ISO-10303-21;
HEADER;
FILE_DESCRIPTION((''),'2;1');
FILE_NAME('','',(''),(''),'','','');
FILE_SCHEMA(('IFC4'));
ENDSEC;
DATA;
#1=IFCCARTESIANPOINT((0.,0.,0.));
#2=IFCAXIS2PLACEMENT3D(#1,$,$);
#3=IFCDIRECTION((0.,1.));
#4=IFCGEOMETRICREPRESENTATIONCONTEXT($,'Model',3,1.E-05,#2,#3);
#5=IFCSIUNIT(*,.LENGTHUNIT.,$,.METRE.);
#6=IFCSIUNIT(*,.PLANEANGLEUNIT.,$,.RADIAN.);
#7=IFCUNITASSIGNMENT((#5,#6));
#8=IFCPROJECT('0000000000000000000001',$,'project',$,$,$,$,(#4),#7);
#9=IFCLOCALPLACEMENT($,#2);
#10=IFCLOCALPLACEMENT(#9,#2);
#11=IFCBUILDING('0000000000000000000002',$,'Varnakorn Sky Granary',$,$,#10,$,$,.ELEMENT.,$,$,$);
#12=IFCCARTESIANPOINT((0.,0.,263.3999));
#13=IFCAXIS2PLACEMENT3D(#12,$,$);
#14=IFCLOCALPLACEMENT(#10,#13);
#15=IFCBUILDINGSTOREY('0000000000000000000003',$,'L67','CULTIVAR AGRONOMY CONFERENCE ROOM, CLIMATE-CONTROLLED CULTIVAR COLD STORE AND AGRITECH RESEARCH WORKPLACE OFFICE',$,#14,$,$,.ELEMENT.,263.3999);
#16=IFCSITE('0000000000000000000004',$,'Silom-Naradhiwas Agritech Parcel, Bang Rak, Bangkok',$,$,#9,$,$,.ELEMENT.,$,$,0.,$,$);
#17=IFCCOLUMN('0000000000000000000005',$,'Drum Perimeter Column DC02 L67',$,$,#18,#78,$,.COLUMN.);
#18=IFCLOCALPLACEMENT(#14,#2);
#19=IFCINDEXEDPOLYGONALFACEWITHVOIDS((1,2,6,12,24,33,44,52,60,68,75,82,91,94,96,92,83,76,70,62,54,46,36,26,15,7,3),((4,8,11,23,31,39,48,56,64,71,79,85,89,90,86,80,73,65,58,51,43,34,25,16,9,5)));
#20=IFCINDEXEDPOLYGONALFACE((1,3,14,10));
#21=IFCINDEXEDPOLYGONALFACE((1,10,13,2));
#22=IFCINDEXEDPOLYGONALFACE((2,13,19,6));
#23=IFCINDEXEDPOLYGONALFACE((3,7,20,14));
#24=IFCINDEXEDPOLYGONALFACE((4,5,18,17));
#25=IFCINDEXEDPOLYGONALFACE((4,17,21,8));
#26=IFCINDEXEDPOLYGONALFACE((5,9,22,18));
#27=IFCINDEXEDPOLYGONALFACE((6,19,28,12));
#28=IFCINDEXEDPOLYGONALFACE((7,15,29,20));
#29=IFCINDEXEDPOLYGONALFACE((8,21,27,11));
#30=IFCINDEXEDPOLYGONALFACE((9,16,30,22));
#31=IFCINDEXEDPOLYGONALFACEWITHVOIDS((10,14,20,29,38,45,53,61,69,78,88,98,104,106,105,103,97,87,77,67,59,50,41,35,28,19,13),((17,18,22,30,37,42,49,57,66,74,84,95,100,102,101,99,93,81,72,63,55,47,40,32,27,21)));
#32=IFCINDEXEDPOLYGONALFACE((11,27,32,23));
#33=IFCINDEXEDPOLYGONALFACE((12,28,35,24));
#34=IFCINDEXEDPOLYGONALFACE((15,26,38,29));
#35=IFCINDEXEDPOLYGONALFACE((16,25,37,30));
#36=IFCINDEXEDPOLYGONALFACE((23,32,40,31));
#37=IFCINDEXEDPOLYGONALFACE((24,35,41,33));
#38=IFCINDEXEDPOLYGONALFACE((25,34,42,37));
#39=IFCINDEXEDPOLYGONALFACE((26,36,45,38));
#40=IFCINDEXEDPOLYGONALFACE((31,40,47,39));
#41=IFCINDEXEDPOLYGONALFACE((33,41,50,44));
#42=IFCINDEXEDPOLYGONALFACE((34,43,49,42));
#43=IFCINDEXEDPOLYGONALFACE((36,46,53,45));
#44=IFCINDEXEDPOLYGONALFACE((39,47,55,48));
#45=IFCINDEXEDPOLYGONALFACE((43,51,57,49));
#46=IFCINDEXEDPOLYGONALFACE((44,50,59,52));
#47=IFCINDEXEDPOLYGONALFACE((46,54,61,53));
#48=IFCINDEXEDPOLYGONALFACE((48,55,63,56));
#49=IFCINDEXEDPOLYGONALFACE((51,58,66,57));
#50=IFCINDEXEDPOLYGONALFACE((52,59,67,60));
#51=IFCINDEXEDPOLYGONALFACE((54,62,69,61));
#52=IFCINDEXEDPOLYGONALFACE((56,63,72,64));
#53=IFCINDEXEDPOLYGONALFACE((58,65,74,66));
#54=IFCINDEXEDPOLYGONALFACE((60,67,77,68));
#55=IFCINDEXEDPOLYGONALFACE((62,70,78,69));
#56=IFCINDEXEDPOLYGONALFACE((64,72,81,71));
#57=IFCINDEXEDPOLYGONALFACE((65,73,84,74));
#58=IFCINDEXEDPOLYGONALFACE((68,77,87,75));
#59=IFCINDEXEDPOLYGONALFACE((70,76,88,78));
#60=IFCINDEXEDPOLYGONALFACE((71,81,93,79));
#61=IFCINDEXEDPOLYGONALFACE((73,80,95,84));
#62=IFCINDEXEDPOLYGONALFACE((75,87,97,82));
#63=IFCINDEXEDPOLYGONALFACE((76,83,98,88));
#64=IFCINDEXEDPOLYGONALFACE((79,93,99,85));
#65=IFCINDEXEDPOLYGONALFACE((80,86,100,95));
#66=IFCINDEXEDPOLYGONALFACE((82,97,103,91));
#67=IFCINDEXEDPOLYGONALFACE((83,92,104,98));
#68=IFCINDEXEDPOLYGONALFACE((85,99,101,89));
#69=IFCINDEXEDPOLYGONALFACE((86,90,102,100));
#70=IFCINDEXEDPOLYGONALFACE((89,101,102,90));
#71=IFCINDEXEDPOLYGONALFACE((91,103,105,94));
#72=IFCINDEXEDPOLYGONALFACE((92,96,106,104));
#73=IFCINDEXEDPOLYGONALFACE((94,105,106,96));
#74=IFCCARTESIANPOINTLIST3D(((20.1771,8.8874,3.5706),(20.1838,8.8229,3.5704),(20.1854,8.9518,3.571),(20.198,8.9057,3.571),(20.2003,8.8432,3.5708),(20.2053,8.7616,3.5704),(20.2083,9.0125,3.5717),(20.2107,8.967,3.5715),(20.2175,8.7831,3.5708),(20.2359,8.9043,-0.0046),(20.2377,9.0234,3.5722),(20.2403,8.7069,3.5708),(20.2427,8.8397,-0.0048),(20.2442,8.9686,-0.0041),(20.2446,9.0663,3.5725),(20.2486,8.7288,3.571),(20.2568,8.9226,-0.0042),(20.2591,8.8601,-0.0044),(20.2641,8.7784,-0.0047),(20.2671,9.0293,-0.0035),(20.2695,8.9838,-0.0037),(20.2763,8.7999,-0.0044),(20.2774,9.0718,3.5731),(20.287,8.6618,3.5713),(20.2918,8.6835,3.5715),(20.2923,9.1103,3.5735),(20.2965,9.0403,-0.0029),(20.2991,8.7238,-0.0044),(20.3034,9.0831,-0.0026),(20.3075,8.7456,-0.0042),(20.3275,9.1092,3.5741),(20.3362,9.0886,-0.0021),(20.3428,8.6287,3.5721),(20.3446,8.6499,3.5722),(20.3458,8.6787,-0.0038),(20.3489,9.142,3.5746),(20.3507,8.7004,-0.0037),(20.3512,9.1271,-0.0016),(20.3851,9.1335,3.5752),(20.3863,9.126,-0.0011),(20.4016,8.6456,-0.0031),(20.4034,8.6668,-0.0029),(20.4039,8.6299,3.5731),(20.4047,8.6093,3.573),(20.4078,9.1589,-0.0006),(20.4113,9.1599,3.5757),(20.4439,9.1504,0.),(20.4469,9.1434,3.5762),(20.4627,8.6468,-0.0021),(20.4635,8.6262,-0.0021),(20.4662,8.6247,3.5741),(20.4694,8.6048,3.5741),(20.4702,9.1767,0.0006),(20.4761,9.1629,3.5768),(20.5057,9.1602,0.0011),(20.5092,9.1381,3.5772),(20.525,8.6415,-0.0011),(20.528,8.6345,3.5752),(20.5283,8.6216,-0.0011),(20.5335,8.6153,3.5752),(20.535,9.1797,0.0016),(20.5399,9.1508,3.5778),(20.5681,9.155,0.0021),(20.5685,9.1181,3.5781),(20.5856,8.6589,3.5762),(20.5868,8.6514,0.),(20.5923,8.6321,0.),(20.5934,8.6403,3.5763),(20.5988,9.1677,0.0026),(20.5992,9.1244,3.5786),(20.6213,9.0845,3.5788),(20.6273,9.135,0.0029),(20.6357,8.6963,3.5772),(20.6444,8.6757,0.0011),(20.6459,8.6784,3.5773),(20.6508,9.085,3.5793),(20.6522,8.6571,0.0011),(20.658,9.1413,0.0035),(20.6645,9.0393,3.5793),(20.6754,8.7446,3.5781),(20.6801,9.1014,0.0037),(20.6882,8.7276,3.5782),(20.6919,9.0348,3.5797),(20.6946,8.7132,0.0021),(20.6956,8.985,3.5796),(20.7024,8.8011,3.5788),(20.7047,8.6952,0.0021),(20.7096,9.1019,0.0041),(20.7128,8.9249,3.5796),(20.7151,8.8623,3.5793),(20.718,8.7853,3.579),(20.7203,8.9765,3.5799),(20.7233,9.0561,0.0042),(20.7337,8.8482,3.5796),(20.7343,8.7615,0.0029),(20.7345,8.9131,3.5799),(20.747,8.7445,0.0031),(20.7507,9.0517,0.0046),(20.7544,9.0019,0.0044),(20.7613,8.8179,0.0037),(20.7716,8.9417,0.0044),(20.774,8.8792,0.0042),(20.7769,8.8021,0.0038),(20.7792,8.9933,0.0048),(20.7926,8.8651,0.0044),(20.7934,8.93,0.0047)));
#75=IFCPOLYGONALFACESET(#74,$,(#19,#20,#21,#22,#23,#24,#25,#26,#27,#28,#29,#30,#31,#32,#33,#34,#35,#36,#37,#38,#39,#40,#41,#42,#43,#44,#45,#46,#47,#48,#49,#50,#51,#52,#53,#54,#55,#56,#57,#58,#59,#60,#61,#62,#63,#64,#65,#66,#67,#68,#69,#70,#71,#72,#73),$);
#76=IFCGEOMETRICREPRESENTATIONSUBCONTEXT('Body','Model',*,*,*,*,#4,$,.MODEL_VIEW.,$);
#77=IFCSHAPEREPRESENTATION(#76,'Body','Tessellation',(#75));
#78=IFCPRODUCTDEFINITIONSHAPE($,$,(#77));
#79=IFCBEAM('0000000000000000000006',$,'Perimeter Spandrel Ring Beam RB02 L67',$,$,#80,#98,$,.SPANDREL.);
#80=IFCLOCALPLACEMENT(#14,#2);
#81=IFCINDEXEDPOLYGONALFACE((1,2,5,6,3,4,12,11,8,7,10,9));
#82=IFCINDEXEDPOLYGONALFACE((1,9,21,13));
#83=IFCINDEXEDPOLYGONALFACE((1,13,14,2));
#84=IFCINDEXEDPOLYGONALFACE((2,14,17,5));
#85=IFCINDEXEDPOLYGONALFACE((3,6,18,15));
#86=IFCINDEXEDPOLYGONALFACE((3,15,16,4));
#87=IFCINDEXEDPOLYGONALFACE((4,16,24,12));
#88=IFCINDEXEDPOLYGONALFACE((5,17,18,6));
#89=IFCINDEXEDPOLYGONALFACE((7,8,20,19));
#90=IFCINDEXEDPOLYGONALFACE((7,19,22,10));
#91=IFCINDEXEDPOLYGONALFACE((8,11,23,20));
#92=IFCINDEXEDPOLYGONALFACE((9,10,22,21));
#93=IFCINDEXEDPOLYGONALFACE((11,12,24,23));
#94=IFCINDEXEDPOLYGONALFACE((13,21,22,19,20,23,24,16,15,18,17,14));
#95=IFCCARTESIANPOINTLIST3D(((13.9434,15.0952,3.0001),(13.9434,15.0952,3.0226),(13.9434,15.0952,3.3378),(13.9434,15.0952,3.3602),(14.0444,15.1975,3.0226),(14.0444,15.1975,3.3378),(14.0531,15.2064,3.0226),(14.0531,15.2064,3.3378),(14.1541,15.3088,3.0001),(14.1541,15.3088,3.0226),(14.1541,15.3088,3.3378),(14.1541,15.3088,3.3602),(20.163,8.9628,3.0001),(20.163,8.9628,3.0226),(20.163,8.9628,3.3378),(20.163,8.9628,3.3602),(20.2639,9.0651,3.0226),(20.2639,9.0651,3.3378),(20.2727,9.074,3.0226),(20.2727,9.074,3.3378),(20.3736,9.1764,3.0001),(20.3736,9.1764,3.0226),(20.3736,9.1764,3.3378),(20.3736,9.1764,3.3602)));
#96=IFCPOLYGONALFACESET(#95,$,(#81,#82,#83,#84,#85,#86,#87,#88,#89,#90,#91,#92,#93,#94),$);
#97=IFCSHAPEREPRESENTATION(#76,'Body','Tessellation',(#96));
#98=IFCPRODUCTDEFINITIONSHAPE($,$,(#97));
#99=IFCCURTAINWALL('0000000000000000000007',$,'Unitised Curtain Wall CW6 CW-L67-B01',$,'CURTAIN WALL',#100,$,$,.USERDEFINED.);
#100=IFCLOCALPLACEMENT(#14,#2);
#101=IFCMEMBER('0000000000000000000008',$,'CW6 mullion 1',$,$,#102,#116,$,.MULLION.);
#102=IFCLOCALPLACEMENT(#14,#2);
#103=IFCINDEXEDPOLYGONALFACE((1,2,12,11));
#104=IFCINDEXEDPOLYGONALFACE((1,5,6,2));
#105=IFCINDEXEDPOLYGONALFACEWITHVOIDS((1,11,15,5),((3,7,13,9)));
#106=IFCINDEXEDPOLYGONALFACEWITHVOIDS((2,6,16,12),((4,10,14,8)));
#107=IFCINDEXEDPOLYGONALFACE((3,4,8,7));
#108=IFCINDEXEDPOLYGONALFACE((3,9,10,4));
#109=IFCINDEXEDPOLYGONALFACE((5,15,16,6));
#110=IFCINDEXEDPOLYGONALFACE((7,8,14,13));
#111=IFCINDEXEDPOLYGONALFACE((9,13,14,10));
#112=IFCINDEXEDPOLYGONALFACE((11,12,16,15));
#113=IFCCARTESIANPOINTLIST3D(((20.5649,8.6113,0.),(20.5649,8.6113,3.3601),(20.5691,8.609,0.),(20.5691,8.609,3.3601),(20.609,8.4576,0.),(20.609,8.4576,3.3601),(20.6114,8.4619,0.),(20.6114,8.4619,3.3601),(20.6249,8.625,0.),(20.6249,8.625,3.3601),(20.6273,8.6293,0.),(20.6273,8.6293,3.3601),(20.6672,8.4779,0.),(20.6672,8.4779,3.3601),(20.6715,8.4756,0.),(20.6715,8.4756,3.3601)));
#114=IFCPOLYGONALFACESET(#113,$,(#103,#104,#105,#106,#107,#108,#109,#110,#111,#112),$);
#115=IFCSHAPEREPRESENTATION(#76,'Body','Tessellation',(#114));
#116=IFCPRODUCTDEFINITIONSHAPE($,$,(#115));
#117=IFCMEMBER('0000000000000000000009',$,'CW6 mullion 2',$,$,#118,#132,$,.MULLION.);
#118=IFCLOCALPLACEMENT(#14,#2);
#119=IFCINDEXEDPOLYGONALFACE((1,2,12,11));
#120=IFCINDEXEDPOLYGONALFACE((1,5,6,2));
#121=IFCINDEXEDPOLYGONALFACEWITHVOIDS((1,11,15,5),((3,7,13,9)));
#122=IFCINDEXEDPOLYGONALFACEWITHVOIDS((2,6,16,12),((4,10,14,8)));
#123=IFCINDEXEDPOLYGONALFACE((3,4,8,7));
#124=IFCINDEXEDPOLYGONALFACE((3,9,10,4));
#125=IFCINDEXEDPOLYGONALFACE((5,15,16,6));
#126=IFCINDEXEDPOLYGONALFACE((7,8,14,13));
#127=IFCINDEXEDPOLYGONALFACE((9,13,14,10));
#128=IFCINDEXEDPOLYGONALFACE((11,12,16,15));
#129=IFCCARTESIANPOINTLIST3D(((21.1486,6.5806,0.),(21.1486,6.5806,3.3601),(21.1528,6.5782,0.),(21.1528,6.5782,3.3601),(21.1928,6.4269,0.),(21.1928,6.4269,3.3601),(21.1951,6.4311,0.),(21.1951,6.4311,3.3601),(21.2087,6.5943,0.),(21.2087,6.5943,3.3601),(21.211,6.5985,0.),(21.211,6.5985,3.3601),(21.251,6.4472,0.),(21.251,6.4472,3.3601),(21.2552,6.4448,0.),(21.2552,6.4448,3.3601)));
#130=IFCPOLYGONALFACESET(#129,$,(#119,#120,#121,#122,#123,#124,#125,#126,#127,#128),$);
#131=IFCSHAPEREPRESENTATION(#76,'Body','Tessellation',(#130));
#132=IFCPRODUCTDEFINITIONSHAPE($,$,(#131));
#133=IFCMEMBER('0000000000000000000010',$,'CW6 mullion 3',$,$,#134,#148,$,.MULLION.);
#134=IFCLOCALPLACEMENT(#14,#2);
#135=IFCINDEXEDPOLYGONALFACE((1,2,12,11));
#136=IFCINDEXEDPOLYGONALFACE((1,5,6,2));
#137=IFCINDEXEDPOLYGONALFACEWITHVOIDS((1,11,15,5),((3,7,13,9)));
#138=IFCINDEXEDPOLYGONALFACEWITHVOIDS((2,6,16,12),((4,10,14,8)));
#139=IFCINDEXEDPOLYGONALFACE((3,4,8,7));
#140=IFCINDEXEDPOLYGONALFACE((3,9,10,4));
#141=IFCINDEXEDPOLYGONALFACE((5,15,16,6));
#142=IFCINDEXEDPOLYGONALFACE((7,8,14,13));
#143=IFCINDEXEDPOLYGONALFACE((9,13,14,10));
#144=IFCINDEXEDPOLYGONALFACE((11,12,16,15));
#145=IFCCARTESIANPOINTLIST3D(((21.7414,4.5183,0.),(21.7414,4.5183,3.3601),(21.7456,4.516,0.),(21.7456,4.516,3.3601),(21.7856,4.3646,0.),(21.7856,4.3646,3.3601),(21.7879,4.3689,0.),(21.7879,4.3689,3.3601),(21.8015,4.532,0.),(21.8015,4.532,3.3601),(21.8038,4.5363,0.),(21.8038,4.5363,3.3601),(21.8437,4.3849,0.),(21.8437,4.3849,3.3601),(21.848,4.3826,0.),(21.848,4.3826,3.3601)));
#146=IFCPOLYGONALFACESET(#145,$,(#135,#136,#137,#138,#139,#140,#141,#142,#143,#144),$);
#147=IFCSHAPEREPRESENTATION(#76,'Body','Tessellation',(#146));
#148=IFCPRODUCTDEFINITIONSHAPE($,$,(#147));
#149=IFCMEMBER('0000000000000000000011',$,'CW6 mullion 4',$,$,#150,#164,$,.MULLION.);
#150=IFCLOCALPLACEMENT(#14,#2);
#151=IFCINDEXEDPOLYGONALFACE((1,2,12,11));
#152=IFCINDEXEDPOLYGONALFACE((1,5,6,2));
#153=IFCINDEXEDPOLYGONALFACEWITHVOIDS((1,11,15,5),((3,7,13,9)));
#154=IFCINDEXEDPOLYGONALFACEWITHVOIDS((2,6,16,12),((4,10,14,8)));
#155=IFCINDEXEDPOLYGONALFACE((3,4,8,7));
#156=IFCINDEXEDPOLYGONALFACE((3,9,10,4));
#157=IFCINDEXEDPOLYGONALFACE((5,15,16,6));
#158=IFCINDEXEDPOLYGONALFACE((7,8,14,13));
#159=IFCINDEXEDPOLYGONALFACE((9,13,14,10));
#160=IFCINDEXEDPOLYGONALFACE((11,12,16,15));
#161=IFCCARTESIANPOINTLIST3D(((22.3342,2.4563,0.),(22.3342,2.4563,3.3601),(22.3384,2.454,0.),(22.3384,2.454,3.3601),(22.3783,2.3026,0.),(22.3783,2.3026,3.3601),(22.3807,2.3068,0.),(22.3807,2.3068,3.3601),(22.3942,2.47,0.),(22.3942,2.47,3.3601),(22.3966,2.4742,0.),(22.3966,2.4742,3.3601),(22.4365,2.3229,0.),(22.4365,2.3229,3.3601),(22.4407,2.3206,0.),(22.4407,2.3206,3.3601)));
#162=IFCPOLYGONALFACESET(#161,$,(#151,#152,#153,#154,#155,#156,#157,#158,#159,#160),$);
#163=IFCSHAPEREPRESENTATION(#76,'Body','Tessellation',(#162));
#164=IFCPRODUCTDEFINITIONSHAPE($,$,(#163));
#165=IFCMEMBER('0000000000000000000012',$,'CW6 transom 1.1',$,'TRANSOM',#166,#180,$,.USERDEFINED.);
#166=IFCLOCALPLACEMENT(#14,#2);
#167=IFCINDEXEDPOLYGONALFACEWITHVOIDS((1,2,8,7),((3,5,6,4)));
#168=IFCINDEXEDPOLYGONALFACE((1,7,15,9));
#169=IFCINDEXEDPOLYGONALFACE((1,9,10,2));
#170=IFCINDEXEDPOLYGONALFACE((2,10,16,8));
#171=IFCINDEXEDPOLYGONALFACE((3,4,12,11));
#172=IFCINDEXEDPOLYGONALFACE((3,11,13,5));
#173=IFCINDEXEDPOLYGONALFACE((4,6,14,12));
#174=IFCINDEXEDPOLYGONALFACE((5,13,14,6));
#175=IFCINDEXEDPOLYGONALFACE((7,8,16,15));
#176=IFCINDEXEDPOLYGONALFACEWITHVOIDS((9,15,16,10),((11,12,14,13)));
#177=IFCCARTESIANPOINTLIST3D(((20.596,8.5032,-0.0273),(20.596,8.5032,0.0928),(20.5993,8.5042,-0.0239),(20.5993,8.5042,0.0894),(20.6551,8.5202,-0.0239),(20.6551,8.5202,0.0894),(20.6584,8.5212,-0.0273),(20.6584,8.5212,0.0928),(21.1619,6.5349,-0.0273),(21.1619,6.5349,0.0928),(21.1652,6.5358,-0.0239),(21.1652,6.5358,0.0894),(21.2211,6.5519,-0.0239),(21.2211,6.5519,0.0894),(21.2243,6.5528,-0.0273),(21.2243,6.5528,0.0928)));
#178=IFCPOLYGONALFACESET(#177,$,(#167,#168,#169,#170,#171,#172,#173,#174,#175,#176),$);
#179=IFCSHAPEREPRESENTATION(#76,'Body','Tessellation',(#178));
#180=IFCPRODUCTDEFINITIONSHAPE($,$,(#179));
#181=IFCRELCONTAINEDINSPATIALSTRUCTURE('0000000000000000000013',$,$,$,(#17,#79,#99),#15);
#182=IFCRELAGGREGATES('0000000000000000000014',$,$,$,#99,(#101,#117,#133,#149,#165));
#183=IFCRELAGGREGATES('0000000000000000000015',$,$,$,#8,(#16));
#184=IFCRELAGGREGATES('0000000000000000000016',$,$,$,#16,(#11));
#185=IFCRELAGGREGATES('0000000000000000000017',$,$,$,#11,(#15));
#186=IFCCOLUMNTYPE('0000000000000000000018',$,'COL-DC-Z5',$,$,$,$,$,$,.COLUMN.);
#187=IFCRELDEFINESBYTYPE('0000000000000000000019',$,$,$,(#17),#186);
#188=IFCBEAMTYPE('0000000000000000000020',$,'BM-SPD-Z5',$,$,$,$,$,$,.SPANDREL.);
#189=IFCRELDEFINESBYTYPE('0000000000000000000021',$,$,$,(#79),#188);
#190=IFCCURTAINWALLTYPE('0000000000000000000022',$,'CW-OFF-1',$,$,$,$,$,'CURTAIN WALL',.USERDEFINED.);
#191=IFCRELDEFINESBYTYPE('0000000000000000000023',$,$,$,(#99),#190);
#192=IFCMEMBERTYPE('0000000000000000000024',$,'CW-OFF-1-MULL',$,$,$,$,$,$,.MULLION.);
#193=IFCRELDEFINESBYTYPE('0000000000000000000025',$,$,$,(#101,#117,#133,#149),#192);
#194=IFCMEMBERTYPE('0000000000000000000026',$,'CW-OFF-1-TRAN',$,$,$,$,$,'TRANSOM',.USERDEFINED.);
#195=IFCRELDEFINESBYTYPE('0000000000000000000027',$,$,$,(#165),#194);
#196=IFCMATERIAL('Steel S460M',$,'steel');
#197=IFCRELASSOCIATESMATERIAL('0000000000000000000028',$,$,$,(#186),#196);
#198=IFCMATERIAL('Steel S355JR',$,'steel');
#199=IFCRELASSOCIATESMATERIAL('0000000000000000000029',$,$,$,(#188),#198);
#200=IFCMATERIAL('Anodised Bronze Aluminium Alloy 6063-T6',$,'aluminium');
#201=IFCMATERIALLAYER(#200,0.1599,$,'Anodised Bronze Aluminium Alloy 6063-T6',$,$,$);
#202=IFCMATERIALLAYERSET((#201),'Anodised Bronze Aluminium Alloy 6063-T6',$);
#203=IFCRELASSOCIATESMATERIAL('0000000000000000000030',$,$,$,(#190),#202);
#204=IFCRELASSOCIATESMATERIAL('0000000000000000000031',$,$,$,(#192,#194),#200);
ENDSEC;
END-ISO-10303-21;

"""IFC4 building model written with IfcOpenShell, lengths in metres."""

from ifc_helpers import new_model, si_unit, direction, frame, origin, origin_2d, place, context, subcontext, project, spatial, hollow_rectangle, hollow_circle, i_section, extrude, material, layer, layer_set, material_profile, profile_set, type_object, element, aggregate, save


model = new_model("IFC4")

# Units and contexts
model_context = context("Model", 3, precision=1e-05, world=origin(), true_north=direction((0.0, 1.0)))
body_context = subcontext(model_context, "Body", "Model", "MODEL_VIEW")
ifc_project = project(units=[si_unit("LENGTHUNIT", "METRE"), si_unit("PLANEANGLEUNIT", "RADIAN")], contexts=[model_context])

# Site, building, storey
site_placement = place(None, origin())
site = spatial("IfcSite", under=ifc_project, at=site_placement, Name="Silom-Naradhiwas Agritech Parcel, Bang Rak, Bangkok", CompositionType="ELEMENT", RefElevation=0.0)
building_placement = place(site_placement, origin())
building = spatial("IfcBuilding", under=site, at=building_placement, Name="Varnakorn Sky Granary", CompositionType="ELEMENT")
storey_placement = place(building_placement, frame((0.0, 0.0, 263.3999)))
storey = spatial("IfcBuildingStorey", under=building, at=storey_placement, Name="L67", Description="CULTIVAR AGRONOMY CONFERENCE ROOM, CLIMATE-CONTROLLED CULTIVAR COLD STORE AND AGRITECH RESEARCH WORKPLACE OFFICE", CompositionType="ELEMENT", Elevation=263.3999)

# Column
ifc_material_1 = material(Name="Steel S460M", Category="steel")
ifc_material_profile_1 = material_profile(ifc_material_1, hollow_circle(Radius=0.2795, WallThickness=0.02, at=origin_2d()), Name="CHS 559x20")
ifc_profile_set_1 = profile_set([ifc_material_profile_1], Name="Steel S460M")
column_type = type_object("IfcColumnType", Name="COL-DC-Z5", PredefinedType="COLUMN", material=ifc_profile_set_1)
column_placement = place(storey_placement, frame((20.5154, 8.9009, 0.0), z_axis=(-0.016455, -0.004711, 0.999854), x_axis=(0.275248, -0.961373, 0.0)))
element("IfcColumn", 1, at=column_placement, inside=storey, type_object=column_type, Name="Drum Perimeter Column DC02 L67", PredefinedType="COLUMN", context=body_context, shape_type="SweptSolid", body=[
    extrude(hollow_circle(Radius=0.2795, WallThickness=0.02, at=origin_2d()), origin(), (0.0, 0.0, 1.0), 3.5757),
])

# Beam
ifc_material_2 = material(Name="Steel S355JR", Category="steel")
ifc_material_profile_2 = material_profile(ifc_material_2, i_section(OverallWidth=0.3, OverallDepth=0.3601, WebThickness=0.0125, FlangeThickness=0.0225, at=origin_2d()), Name="HE 360 B")
ifc_profile_set_2 = profile_set([ifc_material_profile_2], Name="Steel S355JR")
beam_type = type_object("IfcBeamType", Name="BM-SPD-Z5", PredefinedType="SPANDREL", material=ifc_profile_set_2)
beam_placement = place(storey_placement, frame((20.2683, 9.0696, 3.1802), z_axis=(-0.712079, 0.7021, 0.0), x_axis=(-0.7021, -0.712079, 0.0)))
element("IfcBeam", 2, at=beam_placement, inside=storey, type_object=beam_type, Name="Perimeter Spandrel Ring Beam RB02 L67", PredefinedType="SPANDREL", context=body_context, shape_type="SweptSolid", body=[
    extrude(i_section(OverallWidth=0.3, OverallDepth=0.3601, WebThickness=0.0125, FlangeThickness=0.0225, at=origin_2d()), origin(), (0.0, 0.0, 1.0), 8.7344),
])

# Curtain wall, members
ifc_material_3 = material(Name="Anodised Bronze Aluminium Alloy 6063-T6", Category="aluminium")
ifc_layer_1 = layer(ifc_material_3, 0.1599, Name="Anodised Bronze Aluminium Alloy 6063-T6")
ifc_layer_set_1 = layer_set([ifc_layer_1], Name="Anodised Bronze Aluminium Alloy 6063-T6")
curtain_wall_type = type_object("IfcCurtainWallType", Name="CW-OFF-1", ElementType="CURTAIN WALL", PredefinedType="USERDEFINED", material=ifc_layer_set_1)
curtain_wall_placement = place(storey_placement, origin())
curtain_wall = element("IfcCurtainWall", 3, at=curtain_wall_placement, inside=storey, type_object=curtain_wall_type, Name="Unitised Curtain Wall CW6 CW-L67-B01", ObjectType="CURTAIN WALL", PredefinedType="USERDEFINED")
ifc_material_profile_3 = material_profile(ifc_material_3, hollow_rectangle(XDim=0.0649, YDim=0.1599, WallThickness=0.0034, at=origin_2d()), Name="ALU MULL 65x160")
ifc_profile_set_3 = profile_set([ifc_material_profile_3], Name="Anodised Bronze Aluminium Alloy 6063-T6")
member_type_1 = type_object("IfcMemberType", Name="CW-OFF-1-MULL", PredefinedType="MULLION", material=ifc_profile_set_3)
member_1_placement = place(storey_placement, frame((20.6182, 8.5435, 0.0), z_axis=(0.0, 0.0, 1.0), x_axis=(0.961085, 0.276252, 0.0)))
member_1 = element("IfcMember", 4, at=member_1_placement, type_object=member_type_1, Name="CW6 mullion 1", PredefinedType="MULLION", context=body_context, shape_type="SweptSolid", body=[
    extrude(hollow_rectangle(XDim=0.0649, YDim=0.1599, WallThickness=0.0034, at=origin_2d()), origin(), (0.0, 0.0, 1.0), 3.3601),
])
member_2_placement = place(storey_placement, frame((21.2019, 6.5127, 0.0), z_axis=(0.0, 0.0, 1.0), x_axis=(0.961085, 0.276252, 0.0)))
member_2 = element("IfcMember", 5, at=member_2_placement, type_object=member_type_1, Name="CW6 mullion 2", PredefinedType="MULLION", context=body_context, shape_type="SweptSolid", body=[
    extrude(hollow_rectangle(XDim=0.0649, YDim=0.1599, WallThickness=0.0034, at=origin_2d()), origin(), (0.0, 0.0, 1.0), 3.3601),
])
member_3_placement = place(storey_placement, frame((21.7947, 4.4504, 0.0), z_axis=(0.0, 0.0, 1.0), x_axis=(0.961085, 0.276252, 0.0)))
member_3 = element("IfcMember", 6, at=member_3_placement, type_object=member_type_1, Name="CW6 mullion 3", PredefinedType="MULLION", context=body_context, shape_type="SweptSolid", body=[
    extrude(hollow_rectangle(XDim=0.0649, YDim=0.1599, WallThickness=0.0034, at=origin_2d()), origin(), (0.0, 0.0, 1.0), 3.3601),
])
member_4_placement = place(storey_placement, frame((22.3875, 2.3884, 0.0), z_axis=(0.0, 0.0, 1.0), x_axis=(0.961085, 0.276252, 0.0)))
member_4 = element("IfcMember", 7, at=member_4_placement, type_object=member_type_1, Name="CW6 mullion 4", PredefinedType="MULLION", context=body_context, shape_type="SweptSolid", body=[
    extrude(hollow_rectangle(XDim=0.0649, YDim=0.1599, WallThickness=0.0034, at=origin_2d()), origin(), (0.0, 0.0, 1.0), 3.3601),
])
ifc_material_profile_4 = material_profile(ifc_material_3, hollow_rectangle(XDim=0.0649, YDim=0.1201, WallThickness=0.0034, at=origin_2d()), Name="ALU TRAN 65x120")
ifc_profile_set_4 = profile_set([ifc_material_profile_4], Name="Anodised Bronze Aluminium Alloy 6063-T6")
member_type_2 = type_object("IfcMemberType", Name="CW-OFF-1-TRAN", ElementType="TRANSOM", PredefinedType="USERDEFINED", material=ifc_profile_set_4)
member_5_placement = place(storey_placement, frame((20.6272, 8.5122, 0.0327), z_axis=(0.276327, -0.961064, 0.0), x_axis=(0.961064, 0.276327, 0.0)))
member_5 = element("IfcMember", 8, at=member_5_placement, type_object=member_type_2, Name="CW6 transom 1.1", ObjectType="TRANSOM", PredefinedType="USERDEFINED", context=body_context, shape_type="SweptSolid", body=[
    extrude(hollow_rectangle(XDim=0.0649, YDim=0.1201, WallThickness=0.0034, at=origin_2d()), origin(), (0.0, 0.0, 1.0), 2.0481),
])

aggregate(curtain_wall, [member_1, member_2, member_3, member_4, member_5])

save(model, "model.ifc")
